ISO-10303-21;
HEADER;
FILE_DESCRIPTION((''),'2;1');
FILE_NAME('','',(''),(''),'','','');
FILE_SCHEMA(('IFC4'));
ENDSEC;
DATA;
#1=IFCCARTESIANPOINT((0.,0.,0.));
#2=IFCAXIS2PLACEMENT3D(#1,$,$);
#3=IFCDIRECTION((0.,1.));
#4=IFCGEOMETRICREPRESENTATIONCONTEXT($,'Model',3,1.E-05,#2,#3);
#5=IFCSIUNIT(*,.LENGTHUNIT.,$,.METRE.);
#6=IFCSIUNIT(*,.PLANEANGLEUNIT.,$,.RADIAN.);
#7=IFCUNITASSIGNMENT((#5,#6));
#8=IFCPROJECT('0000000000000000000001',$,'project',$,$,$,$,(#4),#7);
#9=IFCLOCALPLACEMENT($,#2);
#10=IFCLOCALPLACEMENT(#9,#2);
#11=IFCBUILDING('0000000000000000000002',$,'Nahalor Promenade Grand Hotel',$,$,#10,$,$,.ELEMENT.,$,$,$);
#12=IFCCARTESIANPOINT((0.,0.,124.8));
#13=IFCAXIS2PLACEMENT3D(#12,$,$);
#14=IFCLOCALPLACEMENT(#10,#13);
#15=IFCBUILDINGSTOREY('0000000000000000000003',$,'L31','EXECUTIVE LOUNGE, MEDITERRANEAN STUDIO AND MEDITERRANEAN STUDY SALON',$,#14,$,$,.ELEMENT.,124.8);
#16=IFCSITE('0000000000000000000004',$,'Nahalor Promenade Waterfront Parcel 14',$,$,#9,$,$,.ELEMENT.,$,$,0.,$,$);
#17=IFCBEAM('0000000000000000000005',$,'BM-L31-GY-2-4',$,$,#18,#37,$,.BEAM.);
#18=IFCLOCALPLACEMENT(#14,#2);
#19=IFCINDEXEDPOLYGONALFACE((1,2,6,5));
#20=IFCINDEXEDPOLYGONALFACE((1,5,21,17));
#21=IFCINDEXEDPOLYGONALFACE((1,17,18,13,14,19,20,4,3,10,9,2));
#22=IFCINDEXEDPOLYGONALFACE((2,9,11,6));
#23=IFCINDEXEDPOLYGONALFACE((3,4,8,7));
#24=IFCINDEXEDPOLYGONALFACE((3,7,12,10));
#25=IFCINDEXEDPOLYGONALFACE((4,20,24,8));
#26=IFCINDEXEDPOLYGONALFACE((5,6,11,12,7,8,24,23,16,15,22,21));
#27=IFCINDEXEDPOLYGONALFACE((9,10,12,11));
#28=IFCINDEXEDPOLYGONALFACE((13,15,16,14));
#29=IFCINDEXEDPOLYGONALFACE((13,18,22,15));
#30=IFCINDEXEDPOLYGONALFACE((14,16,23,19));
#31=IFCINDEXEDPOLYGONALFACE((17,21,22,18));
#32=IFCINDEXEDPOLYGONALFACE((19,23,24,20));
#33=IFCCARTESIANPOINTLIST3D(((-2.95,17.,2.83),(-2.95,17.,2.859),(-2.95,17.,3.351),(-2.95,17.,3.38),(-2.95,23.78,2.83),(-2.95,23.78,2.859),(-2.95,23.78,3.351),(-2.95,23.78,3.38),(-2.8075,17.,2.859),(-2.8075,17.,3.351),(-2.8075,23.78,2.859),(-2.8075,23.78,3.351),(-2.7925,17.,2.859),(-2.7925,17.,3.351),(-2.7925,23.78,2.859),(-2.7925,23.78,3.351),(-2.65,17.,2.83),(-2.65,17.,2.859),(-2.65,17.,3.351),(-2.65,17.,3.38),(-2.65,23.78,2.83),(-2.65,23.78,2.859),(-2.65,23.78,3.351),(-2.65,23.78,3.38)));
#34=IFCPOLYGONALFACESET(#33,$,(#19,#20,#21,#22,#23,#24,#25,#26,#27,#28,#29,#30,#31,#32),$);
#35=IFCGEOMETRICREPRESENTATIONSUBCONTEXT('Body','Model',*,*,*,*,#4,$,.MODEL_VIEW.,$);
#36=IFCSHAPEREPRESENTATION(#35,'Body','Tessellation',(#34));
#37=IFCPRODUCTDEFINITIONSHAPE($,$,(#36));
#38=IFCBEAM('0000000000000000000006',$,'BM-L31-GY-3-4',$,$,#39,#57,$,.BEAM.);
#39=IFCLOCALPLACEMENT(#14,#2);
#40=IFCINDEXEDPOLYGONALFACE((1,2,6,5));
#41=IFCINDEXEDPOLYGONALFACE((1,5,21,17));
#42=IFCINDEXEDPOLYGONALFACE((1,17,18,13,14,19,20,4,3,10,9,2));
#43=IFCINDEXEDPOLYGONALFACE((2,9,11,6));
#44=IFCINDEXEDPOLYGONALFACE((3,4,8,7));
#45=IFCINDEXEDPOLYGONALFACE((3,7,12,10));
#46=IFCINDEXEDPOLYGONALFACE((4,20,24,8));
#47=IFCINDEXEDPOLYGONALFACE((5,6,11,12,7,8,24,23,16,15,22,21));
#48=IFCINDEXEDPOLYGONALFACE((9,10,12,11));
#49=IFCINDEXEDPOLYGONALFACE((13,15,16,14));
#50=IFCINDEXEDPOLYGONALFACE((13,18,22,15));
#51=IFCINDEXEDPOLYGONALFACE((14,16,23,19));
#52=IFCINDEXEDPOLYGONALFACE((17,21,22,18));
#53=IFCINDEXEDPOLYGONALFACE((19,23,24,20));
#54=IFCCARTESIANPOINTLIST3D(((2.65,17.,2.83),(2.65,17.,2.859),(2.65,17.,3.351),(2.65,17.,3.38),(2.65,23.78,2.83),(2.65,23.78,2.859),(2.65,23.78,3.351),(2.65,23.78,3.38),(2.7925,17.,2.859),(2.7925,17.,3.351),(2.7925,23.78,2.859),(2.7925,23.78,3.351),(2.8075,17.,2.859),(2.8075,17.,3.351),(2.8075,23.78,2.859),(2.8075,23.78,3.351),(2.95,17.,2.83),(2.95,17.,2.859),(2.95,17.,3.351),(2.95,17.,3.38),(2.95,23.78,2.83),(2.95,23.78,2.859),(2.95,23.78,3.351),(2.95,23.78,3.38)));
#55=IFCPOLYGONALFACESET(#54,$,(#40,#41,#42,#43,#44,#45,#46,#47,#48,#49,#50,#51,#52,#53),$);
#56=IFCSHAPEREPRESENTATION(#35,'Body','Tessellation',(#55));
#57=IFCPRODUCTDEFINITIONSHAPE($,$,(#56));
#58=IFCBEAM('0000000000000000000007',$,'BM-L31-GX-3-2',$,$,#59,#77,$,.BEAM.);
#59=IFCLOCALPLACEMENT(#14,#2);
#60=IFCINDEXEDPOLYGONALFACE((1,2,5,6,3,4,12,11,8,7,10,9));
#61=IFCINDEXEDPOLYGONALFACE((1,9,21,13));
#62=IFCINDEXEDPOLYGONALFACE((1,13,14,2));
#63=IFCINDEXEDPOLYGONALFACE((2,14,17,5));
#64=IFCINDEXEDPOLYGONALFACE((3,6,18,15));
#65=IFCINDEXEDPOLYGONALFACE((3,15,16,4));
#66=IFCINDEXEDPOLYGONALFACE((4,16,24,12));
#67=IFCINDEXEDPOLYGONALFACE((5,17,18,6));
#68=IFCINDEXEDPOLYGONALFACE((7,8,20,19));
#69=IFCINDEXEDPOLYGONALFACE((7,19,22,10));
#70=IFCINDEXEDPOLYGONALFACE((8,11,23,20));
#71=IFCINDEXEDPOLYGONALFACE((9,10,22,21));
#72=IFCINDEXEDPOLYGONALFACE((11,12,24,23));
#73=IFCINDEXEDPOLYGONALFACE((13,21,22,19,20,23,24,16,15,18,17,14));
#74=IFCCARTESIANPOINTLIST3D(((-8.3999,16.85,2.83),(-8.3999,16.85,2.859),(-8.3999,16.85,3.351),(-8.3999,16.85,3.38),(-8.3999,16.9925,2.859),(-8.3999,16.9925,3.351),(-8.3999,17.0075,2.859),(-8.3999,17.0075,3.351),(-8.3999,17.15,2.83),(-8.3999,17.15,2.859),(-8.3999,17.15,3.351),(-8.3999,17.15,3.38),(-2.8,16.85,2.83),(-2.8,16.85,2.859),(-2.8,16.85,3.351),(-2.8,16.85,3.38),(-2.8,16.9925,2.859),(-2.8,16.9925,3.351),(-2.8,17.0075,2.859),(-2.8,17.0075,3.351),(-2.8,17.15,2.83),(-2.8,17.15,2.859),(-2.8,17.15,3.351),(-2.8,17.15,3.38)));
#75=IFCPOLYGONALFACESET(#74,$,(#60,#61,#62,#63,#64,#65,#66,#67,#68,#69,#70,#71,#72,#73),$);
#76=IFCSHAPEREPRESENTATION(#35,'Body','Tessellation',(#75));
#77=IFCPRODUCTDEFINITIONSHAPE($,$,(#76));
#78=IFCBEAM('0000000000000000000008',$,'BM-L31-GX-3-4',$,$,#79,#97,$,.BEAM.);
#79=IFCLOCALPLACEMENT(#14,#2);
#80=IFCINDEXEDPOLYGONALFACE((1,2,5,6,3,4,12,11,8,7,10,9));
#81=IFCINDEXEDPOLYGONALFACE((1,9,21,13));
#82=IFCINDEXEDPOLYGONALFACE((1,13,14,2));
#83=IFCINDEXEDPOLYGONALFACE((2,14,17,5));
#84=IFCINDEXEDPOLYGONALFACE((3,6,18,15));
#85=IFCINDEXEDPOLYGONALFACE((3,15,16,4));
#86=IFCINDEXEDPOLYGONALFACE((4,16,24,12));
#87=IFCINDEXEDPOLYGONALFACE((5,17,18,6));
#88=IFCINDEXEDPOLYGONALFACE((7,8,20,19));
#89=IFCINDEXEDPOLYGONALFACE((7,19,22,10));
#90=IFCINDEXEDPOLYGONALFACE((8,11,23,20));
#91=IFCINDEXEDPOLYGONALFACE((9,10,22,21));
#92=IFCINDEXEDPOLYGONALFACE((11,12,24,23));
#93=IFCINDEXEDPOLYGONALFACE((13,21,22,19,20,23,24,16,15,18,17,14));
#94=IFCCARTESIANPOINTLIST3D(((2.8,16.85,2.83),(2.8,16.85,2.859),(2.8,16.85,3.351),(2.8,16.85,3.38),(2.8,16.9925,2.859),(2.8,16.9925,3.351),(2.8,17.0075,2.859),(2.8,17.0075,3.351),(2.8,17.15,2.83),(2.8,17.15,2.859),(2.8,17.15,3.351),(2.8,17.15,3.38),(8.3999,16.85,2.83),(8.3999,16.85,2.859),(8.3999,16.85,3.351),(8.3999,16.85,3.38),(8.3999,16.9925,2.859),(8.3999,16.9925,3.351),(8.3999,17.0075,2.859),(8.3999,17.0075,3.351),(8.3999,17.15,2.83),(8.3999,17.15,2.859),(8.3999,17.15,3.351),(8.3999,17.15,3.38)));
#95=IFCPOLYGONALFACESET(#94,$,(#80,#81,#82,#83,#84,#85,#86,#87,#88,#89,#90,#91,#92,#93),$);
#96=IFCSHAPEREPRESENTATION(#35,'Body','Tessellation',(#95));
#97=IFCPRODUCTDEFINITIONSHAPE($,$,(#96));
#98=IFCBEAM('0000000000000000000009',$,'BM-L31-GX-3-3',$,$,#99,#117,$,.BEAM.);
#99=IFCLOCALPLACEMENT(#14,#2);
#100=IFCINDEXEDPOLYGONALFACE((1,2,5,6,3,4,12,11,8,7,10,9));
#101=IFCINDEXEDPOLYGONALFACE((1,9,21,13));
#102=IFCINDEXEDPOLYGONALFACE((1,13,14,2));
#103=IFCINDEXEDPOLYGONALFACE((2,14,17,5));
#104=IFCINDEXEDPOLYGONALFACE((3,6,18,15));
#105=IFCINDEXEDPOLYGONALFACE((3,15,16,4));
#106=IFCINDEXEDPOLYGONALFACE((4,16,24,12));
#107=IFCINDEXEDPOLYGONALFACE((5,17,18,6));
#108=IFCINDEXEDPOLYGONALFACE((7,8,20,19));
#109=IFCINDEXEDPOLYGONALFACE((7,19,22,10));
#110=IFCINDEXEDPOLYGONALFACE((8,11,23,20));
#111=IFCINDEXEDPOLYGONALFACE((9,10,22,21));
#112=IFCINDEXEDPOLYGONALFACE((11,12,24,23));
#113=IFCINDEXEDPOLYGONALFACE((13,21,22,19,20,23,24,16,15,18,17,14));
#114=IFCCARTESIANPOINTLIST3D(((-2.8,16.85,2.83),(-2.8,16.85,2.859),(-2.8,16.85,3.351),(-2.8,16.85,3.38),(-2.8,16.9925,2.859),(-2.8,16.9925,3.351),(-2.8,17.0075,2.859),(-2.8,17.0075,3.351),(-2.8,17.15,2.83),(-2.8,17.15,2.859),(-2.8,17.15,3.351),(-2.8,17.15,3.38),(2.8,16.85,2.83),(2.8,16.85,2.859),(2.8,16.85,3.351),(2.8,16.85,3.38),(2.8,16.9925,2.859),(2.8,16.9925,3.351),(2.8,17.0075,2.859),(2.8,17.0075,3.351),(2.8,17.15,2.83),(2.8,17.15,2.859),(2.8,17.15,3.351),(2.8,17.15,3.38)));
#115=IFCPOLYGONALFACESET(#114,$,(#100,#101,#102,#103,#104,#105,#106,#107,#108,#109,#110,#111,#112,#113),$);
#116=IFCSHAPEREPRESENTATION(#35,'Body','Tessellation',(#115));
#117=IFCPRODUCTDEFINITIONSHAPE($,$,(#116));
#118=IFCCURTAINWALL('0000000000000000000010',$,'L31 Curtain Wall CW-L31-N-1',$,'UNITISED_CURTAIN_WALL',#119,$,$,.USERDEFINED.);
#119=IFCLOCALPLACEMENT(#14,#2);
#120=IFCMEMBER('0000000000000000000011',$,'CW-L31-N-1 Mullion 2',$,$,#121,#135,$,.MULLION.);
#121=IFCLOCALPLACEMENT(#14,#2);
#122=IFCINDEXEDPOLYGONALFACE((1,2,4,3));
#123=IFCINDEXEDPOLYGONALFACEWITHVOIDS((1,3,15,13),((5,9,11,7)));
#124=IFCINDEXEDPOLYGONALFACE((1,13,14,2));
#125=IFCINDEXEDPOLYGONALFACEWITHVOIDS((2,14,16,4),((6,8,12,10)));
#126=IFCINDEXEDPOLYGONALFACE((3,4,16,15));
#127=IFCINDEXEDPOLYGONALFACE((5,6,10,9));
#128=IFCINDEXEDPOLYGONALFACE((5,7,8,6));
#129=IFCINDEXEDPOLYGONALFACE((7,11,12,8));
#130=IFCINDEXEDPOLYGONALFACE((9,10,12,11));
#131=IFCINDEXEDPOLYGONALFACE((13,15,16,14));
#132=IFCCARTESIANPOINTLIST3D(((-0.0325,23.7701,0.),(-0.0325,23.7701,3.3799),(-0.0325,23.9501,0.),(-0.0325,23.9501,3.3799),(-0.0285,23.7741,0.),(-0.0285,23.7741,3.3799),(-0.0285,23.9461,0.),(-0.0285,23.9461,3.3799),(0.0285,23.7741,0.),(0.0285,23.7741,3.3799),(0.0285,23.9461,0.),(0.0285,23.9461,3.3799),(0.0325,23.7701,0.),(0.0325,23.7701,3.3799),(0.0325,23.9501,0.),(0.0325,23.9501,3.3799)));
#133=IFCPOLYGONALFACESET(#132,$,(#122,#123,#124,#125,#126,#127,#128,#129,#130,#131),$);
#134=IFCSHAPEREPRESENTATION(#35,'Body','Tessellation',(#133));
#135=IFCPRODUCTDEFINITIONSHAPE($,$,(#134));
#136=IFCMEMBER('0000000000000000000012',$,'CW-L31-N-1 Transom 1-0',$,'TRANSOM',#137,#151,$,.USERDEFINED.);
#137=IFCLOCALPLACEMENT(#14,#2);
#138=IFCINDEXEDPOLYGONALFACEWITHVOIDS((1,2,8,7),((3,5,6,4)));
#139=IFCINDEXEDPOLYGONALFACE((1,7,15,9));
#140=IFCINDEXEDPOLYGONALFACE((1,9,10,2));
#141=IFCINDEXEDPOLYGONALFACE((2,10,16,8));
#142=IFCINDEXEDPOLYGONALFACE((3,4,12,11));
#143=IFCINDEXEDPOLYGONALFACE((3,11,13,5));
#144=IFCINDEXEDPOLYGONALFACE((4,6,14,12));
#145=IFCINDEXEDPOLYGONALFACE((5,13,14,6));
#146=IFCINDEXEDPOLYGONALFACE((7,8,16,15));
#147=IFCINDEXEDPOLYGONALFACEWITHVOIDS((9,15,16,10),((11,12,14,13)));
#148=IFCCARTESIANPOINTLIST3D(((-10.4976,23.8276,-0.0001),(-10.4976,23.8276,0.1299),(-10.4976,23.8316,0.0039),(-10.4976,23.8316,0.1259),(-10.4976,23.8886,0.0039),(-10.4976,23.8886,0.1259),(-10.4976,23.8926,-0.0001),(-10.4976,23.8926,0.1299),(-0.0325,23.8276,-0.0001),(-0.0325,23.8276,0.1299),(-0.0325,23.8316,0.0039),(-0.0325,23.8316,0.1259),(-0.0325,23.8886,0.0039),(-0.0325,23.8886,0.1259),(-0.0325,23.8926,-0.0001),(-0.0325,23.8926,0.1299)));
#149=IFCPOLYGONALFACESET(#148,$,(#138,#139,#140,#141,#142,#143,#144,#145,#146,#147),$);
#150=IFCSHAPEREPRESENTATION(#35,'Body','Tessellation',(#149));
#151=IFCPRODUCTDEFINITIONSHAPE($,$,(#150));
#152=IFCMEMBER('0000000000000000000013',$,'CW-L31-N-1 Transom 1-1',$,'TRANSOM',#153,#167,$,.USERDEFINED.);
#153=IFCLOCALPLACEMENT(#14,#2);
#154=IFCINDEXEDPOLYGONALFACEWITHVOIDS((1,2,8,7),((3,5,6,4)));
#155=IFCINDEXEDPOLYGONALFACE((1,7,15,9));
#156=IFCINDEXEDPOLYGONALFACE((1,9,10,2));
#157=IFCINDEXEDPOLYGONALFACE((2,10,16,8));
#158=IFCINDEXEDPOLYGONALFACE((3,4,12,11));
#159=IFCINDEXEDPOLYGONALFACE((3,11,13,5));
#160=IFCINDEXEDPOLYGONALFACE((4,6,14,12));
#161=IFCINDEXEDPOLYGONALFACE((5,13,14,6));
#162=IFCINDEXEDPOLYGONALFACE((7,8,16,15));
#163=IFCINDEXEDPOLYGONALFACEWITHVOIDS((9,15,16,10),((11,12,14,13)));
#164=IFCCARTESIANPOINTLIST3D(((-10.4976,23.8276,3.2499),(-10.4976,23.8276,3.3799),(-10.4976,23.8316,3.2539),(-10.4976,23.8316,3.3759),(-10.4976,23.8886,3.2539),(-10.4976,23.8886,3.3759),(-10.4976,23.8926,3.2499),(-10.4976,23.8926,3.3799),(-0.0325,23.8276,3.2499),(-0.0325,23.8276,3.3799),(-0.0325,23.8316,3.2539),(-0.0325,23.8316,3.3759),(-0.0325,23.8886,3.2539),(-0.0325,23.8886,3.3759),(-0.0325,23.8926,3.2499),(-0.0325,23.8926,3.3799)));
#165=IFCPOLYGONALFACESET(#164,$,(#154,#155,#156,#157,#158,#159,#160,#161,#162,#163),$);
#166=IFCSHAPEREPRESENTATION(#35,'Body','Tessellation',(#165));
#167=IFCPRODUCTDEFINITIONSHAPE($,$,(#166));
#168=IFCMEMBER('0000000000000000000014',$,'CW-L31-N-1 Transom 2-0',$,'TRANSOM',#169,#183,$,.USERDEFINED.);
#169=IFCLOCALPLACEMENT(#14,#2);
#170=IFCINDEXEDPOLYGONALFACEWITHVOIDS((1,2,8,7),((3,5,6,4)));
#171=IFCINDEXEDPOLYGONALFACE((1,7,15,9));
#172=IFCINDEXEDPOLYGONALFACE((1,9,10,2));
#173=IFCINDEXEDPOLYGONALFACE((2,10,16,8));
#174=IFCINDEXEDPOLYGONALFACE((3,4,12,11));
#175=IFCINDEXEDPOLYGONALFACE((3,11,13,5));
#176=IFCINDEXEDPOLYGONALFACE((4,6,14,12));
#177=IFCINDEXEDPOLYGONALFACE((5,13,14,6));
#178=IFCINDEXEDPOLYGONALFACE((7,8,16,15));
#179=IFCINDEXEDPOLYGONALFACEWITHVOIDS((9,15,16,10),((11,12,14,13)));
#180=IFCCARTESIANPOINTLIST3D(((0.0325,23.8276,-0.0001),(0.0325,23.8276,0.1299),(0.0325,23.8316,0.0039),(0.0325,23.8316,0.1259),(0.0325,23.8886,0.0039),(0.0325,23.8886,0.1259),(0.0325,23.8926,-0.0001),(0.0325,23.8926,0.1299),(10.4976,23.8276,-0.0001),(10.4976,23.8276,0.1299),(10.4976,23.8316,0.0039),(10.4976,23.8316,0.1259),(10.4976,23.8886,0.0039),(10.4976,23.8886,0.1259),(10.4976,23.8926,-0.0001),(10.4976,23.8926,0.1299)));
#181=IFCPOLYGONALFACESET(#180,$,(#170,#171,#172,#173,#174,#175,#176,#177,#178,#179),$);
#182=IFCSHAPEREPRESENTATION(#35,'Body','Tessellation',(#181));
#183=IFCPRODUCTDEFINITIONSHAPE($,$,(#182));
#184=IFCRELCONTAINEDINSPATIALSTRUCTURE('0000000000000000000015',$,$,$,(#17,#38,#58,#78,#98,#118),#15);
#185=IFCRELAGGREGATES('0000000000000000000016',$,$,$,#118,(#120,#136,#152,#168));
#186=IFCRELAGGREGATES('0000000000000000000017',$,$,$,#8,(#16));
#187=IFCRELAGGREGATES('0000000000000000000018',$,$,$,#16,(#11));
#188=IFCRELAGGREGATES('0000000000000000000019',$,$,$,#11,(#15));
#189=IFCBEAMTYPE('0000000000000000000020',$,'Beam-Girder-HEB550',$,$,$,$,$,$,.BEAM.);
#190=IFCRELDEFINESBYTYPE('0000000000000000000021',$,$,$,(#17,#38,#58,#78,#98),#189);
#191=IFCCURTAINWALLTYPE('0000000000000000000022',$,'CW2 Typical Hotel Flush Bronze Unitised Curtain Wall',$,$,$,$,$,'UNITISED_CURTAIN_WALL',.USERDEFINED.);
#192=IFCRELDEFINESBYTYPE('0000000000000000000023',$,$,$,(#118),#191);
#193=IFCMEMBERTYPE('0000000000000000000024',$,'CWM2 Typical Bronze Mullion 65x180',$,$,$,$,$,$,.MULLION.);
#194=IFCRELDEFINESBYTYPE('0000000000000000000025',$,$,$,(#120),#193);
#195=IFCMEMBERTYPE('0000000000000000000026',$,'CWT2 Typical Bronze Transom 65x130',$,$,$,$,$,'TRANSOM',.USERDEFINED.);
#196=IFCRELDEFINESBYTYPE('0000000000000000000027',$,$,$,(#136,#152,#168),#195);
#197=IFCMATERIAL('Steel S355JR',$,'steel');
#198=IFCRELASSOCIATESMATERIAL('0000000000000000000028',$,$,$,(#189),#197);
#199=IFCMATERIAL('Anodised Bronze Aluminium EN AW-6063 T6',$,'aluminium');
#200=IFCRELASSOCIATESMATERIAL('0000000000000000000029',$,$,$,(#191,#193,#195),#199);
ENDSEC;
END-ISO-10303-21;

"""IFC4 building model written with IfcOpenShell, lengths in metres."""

from ifc_helpers import new_model, si_unit, direction, frame, origin, origin_2d, place, context, subcontext, project, spatial, hollow_rectangle, i_section, extrude, source, transform, mapped, material, material_profile, profile_set, type_object, element, aggregate, save


model = new_model("IFC4")

# Units and contexts
model_context = context("Model", 3, precision=1e-05, world=origin(), true_north=direction((0.0, 1.0)))
body_context = subcontext(model_context, "Body", "Model", "MODEL_VIEW")
ifc_project = project(units=[si_unit("LENGTHUNIT", "METRE"), si_unit("PLANEANGLEUNIT", "RADIAN")], contexts=[model_context])

# Site, building, storey
site_placement = place(None, origin())
site = spatial("IfcSite", under=ifc_project, at=site_placement, Name="Nahalor Promenade Waterfront Parcel 14", CompositionType="ELEMENT", RefElevation=0.0)
building_placement = place(site_placement, origin())
building = spatial("IfcBuilding", under=site, at=building_placement, Name="Nahalor Promenade Grand Hotel", CompositionType="ELEMENT")
storey_placement = place(building_placement, frame((0.0, 0.0, 124.8)))
storey = spatial("IfcBuildingStorey", under=building, at=storey_placement, Name="L31", Description="EXECUTIVE LOUNGE, MEDITERRANEAN STUDIO AND MEDITERRANEAN STUDY SALON", CompositionType="ELEMENT", Elevation=124.8)

# Beams
ifc_material_1 = material(Name="Steel S355JR", Category="steel")
ifc_material_profile_1 = material_profile(ifc_material_1, i_section(OverallWidth=0.3, OverallDepth=0.55, WebThickness=0.015, FlangeThickness=0.029, at=origin_2d()), Name="HEB 550")
ifc_profile_set_1 = profile_set([ifc_material_profile_1], Name="Steel S355JR")
beam_type_1 = type_object("IfcBeamType", Name="Beam-Girder-HEB550", PredefinedType="BEAM", material=ifc_profile_set_1)
shared_shape_1 = source(origin(), body_context, "Body", "SweptSolid", [
    extrude(i_section(OverallWidth=0.3, OverallDepth=0.55, WebThickness=0.015, FlangeThickness=0.029, at=origin_2d()), origin(), (0.0, 0.0, 1.0), 6.78),
])
for number, where, z_axis, x_axis, name in (
    (1, (-2.8, 17.0, 3.105), (0.0, 1.0, 0.0), (-1.0, 0.0, 0.0), "BM-L31-GY-2-4"),
    (2, (2.8, 17.0, 3.105), (0.0, 1.0, 0.0), (-1.0, 0.0, 0.0), "BM-L31-GY-3-4"),
):
    element("IfcBeam", number, at=place(storey_placement, frame(where, z_axis=z_axis, x_axis=x_axis)), inside=storey, type_object=beam_type_1, Name=name, PredefinedType="BEAM", context=body_context, shape_type="MappedRepresentation", body=[
        mapped(shared_shape_1, transform((0.0, 0.0, 0.0), scale=1.0)),
    ])
shared_shape_2 = source(origin(), body_context, "Body", "SweptSolid", [
    extrude(i_section(OverallWidth=0.3, OverallDepth=0.55, WebThickness=0.015, FlangeThickness=0.029, at=origin_2d()), origin(), (0.0, 0.0, 1.0), 5.5999),
])
for number, where, z_axis, x_axis, name in (
    (3, (-8.3999, 17.0, 3.105), (1.0, 0.0, 0.0), (0.0, 1.0, 0.0), "BM-L31-GX-3-2"),
    (4, (2.8, 17.0, 3.105), (1.0, 0.0, 0.0), (0.0, 1.0, 0.0), "BM-L31-GX-3-4"),
):
    element("IfcBeam", number, at=place(storey_placement, frame(where, z_axis=z_axis, x_axis=x_axis)), inside=storey, type_object=beam_type_1, Name=name, PredefinedType="BEAM", context=body_context, shape_type="MappedRepresentation", body=[
        mapped(shared_shape_2, transform((0.0, 0.0, 0.0), scale=1.0)),
    ])
shared_shape_3 = source(origin(), body_context, "Body", "SweptSolid", [
    extrude(i_section(OverallWidth=0.3, OverallDepth=0.55, WebThickness=0.015, FlangeThickness=0.029, at=origin_2d()), origin(), (0.0, 0.0, 1.0), 5.6001),
])
beam_1_placement = place(storey_placement, frame((-2.8, 17.0, 3.105), z_axis=(1.0, 0.0, 0.0), x_axis=(0.0, 1.0, 0.0)))
element("IfcBeam", 5, at=beam_1_placement, inside=storey, type_object=beam_type_1, Name="BM-L31-GX-3-3", PredefinedType="BEAM", context=body_context, shape_type="MappedRepresentation", body=[
    mapped(shared_shape_3, transform((0.0, 0.0, 0.0), scale=1.0)),
])

# Curtain wall, members
ifc_material_2 = material(Name="Anodised Bronze Aluminium EN AW-6063 T6", Category="aluminium")
curtain_wall_type = type_object("IfcCurtainWallType", Name="CW2 Typical Hotel Flush Bronze Unitised Curtain Wall", ElementType="UNITISED_CURTAIN_WALL", PredefinedType="USERDEFINED", material=ifc_material_2)
curtain_wall_placement = place(storey_placement, origin())
curtain_wall = element("IfcCurtainWall", 6, at=curtain_wall_placement, inside=storey, type_object=curtain_wall_type, Name="L31 Curtain Wall CW-L31-N-1", ObjectType="UNITISED_CURTAIN_WALL", PredefinedType="USERDEFINED")
ifc_material_profile_2 = material_profile(ifc_material_2, hollow_rectangle(XDim=0.065, YDim=0.18, WallThickness=0.004, at=origin_2d()), Name="CWM 65x180x4")
ifc_profile_set_2 = profile_set([ifc_material_profile_2], Name="Anodised Bronze Aluminium EN AW-6063 T6")
member_type_1 = type_object("IfcMemberType", Name="CWM2 Typical Bronze Mullion 65x180", PredefinedType="MULLION", material=ifc_profile_set_2)
shared_shape_4 = source(origin(), body_context, "Body", "SweptSolid", [
    extrude(hollow_rectangle(XDim=0.065, YDim=0.18, WallThickness=0.004, at=origin_2d()), origin(), (0.0, 0.0, 1.0), 3.3799),
])
member_1_placement = place(storey_placement, frame((0.0, 23.8601, 0.0), z_axis=(0.0, 0.0, 1.0), x_axis=(1.0, 0.0, 0.0)))
member_1 = element("IfcMember", 7, at=member_1_placement, type_object=member_type_1, Name="CW-L31-N-1 Mullion 2", PredefinedType="MULLION", context=body_context, shape_type="MappedRepresentation", body=[
    mapped(shared_shape_4, transform((0.0, 0.0, 0.0), scale=1.0)),
])
ifc_material_profile_3 = material_profile(ifc_material_2, hollow_rectangle(XDim=0.065, YDim=0.13, WallThickness=0.004, at=origin_2d()), Name="CWT 65x130x4")
ifc_profile_set_3 = profile_set([ifc_material_profile_3], Name="Anodised Bronze Aluminium EN AW-6063 T6")
member_type_2 = type_object("IfcMemberType", Name="CWT2 Typical Bronze Transom 65x130", ElementType="TRANSOM", PredefinedType="USERDEFINED", material=ifc_profile_set_3)
shared_shape_5 = source(origin(), body_context, "Body", "SweptSolid", [
    extrude(hollow_rectangle(XDim=0.065, YDim=0.13, WallThickness=0.004, at=origin_2d()), origin(), (0.0, 0.0, 1.0), 10.4651),
])
member_2_placement = place(storey_placement, frame((-10.4976, 23.8601, 0.0649), z_axis=(1.0, 0.0, 0.0), x_axis=(0.0, 1.0, 0.0)))
member_2 = element("IfcMember", 8, at=member_2_placement, type_object=member_type_2, Name="CW-L31-N-1 Transom 1-0", ObjectType="TRANSOM", PredefinedType="USERDEFINED", context=body_context, shape_type="MappedRepresentation", body=[
    mapped(shared_shape_5, transform((0.0, 0.0, 0.0), scale=1.0)),
])
member_3_placement = place(storey_placement, frame((-10.4976, 23.8601, 3.3149), z_axis=(1.0, 0.0, 0.0), x_axis=(0.0, 1.0, 0.0)))
member_3 = element("IfcMember", 9, at=member_3_placement, type_object=member_type_2, Name="CW-L31-N-1 Transom 1-1", ObjectType="TRANSOM", PredefinedType="USERDEFINED", context=body_context, shape_type="MappedRepresentation", body=[
    mapped(shared_shape_5, transform((0.0, 0.0, 0.0), scale=1.0)),
])
member_4_placement = place(storey_placement, frame((0.0325, 23.8601, 0.0649), z_axis=(1.0, 0.0, 0.0), x_axis=(0.0, 1.0, 0.0)))
member_4 = element("IfcMember", 10, at=member_4_placement, type_object=member_type_2, Name="CW-L31-N-1 Transom 2-0", ObjectType="TRANSOM", PredefinedType="USERDEFINED", context=body_context, shape_type="MappedRepresentation", body=[
    mapped(shared_shape_5, transform((0.0, 0.0, 0.0), scale=1.0)),
])
aggregate(curtain_wall, [member_1, member_2, member_3, member_4])

save(model, "model.ifc")
